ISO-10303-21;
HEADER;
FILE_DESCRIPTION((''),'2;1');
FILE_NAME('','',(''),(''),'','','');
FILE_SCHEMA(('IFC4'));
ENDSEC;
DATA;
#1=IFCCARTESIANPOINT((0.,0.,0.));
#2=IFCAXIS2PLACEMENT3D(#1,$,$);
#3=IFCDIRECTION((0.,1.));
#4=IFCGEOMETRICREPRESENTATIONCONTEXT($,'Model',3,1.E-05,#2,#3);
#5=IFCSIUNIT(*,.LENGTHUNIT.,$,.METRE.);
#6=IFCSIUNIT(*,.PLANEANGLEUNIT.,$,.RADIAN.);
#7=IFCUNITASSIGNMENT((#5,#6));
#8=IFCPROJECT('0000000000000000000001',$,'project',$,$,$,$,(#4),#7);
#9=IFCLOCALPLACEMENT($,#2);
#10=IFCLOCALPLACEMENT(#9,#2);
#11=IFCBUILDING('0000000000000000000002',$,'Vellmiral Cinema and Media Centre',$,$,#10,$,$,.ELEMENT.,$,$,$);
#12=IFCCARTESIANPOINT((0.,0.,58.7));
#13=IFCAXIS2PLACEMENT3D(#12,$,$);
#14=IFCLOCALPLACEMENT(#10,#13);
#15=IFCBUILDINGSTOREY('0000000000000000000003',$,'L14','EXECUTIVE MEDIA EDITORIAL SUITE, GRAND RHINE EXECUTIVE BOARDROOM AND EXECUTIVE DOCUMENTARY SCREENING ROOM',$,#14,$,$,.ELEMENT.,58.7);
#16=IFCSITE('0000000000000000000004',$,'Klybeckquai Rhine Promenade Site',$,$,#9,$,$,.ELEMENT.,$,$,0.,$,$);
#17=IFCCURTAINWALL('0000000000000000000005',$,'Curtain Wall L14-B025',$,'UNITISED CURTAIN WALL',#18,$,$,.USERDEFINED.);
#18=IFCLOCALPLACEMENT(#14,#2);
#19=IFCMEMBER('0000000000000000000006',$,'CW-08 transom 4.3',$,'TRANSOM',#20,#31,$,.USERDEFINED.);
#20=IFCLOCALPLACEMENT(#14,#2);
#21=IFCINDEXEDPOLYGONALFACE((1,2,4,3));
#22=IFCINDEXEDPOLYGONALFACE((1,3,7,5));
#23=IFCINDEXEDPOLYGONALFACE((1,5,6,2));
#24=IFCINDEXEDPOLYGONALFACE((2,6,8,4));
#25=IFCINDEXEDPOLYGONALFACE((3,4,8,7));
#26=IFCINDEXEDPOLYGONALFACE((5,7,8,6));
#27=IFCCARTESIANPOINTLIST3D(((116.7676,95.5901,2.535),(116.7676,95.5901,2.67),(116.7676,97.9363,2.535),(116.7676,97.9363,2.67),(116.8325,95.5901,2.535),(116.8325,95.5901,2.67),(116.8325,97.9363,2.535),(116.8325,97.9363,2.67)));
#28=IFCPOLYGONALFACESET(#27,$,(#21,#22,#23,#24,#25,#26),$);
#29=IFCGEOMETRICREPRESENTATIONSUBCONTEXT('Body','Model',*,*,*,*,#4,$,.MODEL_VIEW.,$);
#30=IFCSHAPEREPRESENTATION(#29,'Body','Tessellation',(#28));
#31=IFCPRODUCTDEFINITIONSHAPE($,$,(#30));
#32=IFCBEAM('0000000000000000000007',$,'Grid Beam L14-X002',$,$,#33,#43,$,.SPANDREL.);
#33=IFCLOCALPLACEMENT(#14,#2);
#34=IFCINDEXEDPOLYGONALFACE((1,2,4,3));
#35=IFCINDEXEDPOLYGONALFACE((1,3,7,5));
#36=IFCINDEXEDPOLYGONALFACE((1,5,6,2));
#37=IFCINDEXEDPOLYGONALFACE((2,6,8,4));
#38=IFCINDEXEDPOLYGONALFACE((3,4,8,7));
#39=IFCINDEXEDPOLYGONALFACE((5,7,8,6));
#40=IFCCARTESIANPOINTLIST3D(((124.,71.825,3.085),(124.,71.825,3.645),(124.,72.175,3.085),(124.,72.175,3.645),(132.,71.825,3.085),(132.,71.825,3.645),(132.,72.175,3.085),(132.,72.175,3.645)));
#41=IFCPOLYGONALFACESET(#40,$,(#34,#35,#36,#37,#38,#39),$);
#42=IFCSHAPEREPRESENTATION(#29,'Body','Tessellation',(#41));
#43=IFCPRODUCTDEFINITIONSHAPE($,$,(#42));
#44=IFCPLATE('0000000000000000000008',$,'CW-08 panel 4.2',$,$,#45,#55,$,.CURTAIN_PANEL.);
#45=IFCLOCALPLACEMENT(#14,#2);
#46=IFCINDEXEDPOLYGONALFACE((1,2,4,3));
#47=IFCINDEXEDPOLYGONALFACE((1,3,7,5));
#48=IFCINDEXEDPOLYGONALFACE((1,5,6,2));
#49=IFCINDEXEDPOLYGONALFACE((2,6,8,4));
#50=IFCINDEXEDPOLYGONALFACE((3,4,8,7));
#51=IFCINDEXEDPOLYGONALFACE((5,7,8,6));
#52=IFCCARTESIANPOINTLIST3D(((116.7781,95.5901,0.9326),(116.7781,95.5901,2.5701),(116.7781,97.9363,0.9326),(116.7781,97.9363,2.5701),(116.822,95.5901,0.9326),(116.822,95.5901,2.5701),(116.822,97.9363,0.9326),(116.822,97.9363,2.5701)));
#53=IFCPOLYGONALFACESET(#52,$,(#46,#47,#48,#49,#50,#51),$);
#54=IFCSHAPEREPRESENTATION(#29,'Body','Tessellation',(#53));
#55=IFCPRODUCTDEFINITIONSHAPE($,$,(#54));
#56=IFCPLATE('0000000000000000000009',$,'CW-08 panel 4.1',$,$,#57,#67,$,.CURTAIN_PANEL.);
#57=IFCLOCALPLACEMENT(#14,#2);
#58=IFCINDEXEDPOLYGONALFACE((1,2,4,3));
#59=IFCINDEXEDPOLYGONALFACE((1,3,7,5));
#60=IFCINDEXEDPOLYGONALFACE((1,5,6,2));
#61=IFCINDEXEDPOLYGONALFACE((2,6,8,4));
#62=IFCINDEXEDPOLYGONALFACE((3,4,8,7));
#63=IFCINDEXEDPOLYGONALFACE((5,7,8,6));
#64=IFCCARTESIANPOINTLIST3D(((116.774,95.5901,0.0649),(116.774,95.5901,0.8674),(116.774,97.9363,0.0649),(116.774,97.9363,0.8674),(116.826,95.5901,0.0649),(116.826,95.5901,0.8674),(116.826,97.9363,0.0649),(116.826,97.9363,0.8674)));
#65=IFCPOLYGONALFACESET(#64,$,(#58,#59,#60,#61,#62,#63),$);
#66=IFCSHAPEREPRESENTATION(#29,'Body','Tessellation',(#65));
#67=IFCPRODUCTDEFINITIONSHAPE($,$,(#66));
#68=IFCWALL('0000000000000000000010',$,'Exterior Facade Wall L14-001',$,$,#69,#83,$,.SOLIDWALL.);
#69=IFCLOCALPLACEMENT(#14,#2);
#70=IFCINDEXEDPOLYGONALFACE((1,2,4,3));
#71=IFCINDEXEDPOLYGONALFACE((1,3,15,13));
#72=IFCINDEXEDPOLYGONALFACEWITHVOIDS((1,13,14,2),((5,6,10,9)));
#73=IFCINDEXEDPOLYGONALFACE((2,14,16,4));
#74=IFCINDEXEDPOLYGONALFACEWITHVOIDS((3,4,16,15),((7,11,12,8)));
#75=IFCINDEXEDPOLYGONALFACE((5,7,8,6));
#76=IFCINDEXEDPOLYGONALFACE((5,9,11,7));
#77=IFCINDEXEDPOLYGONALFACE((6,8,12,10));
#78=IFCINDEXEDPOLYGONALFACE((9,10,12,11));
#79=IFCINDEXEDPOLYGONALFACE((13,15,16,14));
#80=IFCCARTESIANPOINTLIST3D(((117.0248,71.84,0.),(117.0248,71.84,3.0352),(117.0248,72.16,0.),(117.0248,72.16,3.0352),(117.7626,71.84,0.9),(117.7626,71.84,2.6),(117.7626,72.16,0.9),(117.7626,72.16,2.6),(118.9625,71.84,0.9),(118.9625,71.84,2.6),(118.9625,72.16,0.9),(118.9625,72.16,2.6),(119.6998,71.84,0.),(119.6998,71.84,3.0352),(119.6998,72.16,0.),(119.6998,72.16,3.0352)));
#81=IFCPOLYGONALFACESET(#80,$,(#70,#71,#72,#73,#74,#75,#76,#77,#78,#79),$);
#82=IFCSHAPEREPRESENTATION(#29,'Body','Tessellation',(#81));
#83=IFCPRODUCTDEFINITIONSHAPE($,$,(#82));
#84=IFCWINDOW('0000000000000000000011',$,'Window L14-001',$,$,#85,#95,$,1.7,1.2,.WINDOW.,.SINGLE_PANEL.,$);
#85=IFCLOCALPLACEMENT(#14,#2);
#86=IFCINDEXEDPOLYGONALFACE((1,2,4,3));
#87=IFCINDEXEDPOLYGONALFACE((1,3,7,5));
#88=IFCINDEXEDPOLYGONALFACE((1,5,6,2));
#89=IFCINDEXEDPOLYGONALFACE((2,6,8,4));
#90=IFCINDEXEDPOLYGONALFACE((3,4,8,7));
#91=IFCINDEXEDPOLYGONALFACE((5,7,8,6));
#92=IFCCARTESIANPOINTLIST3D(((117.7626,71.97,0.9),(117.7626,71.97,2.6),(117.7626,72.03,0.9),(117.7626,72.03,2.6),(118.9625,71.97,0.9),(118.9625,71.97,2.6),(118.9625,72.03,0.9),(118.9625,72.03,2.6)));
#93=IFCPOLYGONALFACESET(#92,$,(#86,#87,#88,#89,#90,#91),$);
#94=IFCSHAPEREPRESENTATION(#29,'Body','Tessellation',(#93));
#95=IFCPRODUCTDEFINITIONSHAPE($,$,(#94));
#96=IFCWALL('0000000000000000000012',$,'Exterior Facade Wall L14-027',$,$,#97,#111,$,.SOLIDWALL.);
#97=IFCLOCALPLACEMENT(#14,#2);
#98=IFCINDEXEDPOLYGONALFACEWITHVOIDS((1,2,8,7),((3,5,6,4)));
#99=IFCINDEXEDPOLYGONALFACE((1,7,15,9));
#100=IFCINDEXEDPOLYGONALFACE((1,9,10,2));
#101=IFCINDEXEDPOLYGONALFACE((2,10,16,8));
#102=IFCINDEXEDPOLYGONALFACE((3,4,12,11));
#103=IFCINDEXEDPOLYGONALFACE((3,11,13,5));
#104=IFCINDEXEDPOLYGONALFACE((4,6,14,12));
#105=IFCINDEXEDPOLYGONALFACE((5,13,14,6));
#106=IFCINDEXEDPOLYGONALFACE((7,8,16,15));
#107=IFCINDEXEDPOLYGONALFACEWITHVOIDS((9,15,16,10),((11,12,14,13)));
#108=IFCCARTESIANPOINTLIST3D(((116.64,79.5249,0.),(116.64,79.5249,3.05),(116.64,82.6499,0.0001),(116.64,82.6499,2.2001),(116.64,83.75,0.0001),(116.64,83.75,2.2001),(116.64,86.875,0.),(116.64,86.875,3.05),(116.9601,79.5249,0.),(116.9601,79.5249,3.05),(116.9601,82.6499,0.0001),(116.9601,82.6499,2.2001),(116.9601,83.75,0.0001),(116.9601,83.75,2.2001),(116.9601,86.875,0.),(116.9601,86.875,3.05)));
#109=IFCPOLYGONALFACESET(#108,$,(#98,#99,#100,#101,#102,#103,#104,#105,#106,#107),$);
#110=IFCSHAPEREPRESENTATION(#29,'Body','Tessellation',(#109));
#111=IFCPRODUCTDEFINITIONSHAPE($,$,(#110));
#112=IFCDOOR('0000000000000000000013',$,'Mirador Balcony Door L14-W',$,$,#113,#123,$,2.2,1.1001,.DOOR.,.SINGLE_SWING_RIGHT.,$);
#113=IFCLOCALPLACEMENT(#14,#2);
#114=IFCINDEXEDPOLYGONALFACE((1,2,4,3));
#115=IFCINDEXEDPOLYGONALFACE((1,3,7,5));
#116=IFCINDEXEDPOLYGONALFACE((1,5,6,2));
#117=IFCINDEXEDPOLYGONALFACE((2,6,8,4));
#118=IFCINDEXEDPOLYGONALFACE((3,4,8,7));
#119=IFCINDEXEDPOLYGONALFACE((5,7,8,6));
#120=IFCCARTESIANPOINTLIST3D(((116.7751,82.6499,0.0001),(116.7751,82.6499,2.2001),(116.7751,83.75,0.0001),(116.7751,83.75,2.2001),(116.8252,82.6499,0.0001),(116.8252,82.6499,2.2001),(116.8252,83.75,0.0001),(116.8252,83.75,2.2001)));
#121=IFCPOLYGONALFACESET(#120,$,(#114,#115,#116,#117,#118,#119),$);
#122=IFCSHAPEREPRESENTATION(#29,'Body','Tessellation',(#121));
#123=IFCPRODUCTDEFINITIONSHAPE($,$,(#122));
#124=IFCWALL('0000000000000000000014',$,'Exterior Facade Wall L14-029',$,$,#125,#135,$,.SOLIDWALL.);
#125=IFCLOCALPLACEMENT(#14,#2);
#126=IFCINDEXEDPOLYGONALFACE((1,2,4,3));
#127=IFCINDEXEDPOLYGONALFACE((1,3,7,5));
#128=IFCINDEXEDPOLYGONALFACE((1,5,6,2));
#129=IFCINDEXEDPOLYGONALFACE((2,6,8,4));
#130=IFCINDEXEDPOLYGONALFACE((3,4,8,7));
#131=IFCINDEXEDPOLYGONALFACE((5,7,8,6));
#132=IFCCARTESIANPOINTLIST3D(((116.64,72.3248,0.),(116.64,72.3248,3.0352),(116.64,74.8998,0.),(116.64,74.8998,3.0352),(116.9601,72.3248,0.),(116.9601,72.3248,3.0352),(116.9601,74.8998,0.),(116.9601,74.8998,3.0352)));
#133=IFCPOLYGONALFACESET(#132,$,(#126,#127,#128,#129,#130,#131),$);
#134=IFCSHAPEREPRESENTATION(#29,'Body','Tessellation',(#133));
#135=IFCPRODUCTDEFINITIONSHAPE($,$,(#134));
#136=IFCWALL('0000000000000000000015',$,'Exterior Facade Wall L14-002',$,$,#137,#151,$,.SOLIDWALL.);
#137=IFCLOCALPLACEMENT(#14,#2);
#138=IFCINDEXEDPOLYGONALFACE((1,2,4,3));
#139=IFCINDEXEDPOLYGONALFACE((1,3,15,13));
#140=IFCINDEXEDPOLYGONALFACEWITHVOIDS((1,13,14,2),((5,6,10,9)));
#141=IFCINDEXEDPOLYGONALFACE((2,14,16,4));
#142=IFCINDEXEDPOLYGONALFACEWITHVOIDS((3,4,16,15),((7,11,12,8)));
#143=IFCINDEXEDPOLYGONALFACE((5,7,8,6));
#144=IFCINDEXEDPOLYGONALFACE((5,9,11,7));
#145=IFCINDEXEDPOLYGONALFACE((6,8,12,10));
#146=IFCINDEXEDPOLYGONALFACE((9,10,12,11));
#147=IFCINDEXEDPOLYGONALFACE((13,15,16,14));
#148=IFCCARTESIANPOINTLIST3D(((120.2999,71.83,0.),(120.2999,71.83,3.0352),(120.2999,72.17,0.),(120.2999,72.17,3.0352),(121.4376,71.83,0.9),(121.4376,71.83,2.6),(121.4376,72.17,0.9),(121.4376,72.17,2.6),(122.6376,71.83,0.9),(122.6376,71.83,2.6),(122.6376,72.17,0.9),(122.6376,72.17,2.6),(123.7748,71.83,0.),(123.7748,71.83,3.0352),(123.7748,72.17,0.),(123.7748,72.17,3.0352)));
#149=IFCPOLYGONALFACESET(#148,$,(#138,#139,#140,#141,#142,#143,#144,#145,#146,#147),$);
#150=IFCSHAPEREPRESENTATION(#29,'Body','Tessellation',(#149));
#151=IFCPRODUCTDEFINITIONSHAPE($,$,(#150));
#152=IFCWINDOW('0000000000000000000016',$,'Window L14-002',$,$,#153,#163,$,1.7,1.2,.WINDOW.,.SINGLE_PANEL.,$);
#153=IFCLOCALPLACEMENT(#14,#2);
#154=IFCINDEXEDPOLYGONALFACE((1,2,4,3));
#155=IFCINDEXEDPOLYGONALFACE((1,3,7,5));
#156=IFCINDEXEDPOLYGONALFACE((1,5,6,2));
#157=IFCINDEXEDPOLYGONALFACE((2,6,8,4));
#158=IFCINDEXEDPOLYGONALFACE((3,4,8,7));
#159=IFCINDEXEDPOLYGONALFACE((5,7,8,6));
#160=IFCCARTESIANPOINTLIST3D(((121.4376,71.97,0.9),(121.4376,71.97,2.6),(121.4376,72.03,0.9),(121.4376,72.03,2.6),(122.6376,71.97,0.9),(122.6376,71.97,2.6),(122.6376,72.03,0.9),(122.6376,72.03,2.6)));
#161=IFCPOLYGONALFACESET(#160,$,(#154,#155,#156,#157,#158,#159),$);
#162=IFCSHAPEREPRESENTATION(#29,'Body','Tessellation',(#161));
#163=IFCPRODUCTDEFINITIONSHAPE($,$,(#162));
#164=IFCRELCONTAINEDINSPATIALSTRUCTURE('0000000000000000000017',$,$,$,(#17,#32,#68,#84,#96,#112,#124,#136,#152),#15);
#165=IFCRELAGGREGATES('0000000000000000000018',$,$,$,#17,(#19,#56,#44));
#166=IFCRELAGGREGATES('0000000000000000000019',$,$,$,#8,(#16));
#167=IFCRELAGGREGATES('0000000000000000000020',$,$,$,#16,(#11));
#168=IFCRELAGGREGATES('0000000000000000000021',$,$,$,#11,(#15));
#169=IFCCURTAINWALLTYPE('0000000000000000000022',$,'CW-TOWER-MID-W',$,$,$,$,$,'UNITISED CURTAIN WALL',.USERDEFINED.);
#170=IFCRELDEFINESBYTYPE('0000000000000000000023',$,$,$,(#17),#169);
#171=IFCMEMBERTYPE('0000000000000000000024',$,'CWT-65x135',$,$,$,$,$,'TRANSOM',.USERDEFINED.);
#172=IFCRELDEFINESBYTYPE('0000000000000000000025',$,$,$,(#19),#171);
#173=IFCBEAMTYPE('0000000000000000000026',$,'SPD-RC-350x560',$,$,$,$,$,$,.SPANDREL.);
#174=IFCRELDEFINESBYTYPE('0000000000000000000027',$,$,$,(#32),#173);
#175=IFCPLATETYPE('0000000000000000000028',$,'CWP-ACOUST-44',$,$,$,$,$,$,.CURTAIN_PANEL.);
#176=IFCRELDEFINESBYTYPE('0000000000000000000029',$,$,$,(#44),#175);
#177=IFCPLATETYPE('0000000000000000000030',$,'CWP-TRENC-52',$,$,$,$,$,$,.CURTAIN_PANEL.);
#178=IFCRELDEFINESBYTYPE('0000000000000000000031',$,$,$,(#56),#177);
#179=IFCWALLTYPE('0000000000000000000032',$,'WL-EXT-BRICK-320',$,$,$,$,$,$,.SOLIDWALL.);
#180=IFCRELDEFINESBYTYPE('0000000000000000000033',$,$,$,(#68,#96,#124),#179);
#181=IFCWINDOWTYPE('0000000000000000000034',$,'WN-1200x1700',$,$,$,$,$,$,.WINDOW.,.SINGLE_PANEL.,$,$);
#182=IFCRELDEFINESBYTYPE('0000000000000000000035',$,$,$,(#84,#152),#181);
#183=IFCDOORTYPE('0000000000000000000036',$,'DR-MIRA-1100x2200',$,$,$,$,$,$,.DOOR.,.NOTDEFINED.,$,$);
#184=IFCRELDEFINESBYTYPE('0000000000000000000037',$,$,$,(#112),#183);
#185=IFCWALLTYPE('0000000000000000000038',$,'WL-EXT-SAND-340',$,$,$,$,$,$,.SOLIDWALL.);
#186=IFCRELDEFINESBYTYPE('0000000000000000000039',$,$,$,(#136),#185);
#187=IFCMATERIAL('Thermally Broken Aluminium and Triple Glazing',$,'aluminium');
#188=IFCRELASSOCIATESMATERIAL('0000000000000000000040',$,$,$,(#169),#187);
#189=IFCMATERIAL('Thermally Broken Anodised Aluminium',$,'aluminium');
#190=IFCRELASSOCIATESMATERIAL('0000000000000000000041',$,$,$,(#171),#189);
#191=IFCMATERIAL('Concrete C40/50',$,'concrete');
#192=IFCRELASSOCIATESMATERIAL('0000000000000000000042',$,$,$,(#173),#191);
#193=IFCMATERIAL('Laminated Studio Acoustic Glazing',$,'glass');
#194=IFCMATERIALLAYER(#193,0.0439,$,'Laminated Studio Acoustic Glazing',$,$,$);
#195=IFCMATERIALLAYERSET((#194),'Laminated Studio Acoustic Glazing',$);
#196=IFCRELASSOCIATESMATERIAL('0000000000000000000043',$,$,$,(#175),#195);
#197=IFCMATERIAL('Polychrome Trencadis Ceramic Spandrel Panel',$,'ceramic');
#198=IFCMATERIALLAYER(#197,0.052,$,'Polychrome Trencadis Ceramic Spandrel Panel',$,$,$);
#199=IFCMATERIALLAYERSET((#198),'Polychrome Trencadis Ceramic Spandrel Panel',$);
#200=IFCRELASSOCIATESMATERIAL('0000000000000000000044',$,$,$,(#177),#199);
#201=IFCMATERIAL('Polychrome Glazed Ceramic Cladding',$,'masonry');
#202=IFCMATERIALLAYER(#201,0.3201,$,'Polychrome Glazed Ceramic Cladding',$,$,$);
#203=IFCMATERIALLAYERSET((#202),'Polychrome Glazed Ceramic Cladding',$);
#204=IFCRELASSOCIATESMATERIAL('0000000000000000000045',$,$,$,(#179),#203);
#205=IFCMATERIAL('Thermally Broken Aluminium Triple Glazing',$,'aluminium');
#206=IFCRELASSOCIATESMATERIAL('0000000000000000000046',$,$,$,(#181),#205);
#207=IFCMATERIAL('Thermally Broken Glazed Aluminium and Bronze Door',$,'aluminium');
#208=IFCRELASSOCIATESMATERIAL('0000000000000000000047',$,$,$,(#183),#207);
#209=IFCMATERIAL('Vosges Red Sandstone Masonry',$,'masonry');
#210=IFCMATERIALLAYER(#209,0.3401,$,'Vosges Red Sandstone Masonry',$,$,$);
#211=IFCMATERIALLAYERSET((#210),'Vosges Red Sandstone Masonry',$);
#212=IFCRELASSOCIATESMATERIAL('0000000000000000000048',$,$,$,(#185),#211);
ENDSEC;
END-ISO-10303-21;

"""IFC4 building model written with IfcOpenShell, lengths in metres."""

from ifc_helpers import new_model, si_unit, direction, frame, frame_2d, origin, origin_2d, place, context, subcontext, project, spatial, rectangle, extrude, material, layer, layer_set, material_profile, profile_set, type_object, element, fill, aggregate, save


model = new_model("IFC4")

# Units and contexts
model_context = context("Model", 3, precision=1e-05, world=origin(), true_north=direction((0.0, 1.0)))
body_context = subcontext(model_context, "Body", "Model", "MODEL_VIEW")
ifc_project = project(units=[si_unit("LENGTHUNIT", "METRE"), si_unit("PLANEANGLEUNIT", "RADIAN")], contexts=[model_context])

# Site, building, storey
site_placement = place(None, origin())
site = spatial("IfcSite", under=ifc_project, at=site_placement, Name="Klybeckquai Rhine Promenade Site", CompositionType="ELEMENT", RefElevation=0.0)
building_placement = place(site_placement, origin())
building = spatial("IfcBuilding", under=site, at=building_placement, Name="Vellmiral Cinema and Media Centre", CompositionType="ELEMENT")
storey_placement = place(building_placement, frame((0.0, 0.0, 58.7)))
storey = spatial("IfcBuildingStorey", under=building, at=storey_placement, Name="L14", Description="EXECUTIVE MEDIA EDITORIAL SUITE, GRAND RHINE EXECUTIVE BOARDROOM AND EXECUTIVE DOCUMENTARY SCREENING ROOM", CompositionType="ELEMENT", Elevation=58.7)

# Curtain wall, member
ifc_material_1 = material(Name="Thermally Broken Aluminium and Triple Glazing", Category="aluminium")
curtain_wall_type = type_object("IfcCurtainWallType", Name="CW-TOWER-MID-W", ElementType="UNITISED CURTAIN WALL", PredefinedType="USERDEFINED", material=ifc_material_1)
curtain_wall_placement = place(storey_placement, origin())
curtain_wall = element("IfcCurtainWall", 1, at=curtain_wall_placement, inside=storey, type_object=curtain_wall_type, Name="Curtain Wall L14-B025", ObjectType="UNITISED CURTAIN WALL", PredefinedType="USERDEFINED")
ifc_material_2 = material(Name="Thermally Broken Anodised Aluminium", Category="aluminium")
ifc_material_profile_1 = material_profile(ifc_material_2, rectangle(XDim=0.0649, YDim=0.135, at=origin_2d()), Name="MULL 65x135")
ifc_profile_set_1 = profile_set([ifc_material_profile_1], Name="Thermally Broken Anodised Aluminium")
member_type_1 = type_object("IfcMemberType", Name="CWT-65x135", ElementType="TRANSOM", PredefinedType="USERDEFINED", material=ifc_profile_set_1)
member_1_placement = place(storey_placement, frame((116.8, 97.9363, 2.6025), z_axis=(0.0, -1.0, 0.0), x_axis=(1.0, 0.0, 0.0)))
member_1 = element("IfcMember", 2, at=member_1_placement, type_object=member_type_1, Name="CW-08 transom 4.3", ObjectType="TRANSOM", PredefinedType="USERDEFINED", context=body_context, shape_type="SweptSolid", body=[
    extrude(rectangle(XDim=0.0649, YDim=0.135, at=origin_2d()), origin(), (0.0, 0.0, 1.0), 2.3462),
])

# Beam
ifc_material_3 = material(Name="Concrete C40/50", Category="concrete")
ifc_material_profile_2 = material_profile(ifc_material_3, rectangle(XDim=0.3501, YDim=0.5601, at=origin_2d()), Name="RC 350x560")
ifc_profile_set_2 = profile_set([ifc_material_profile_2], Name="Concrete C40/50")
beam_type_1 = type_object("IfcBeamType", Name="SPD-RC-350x560", PredefinedType="SPANDREL", material=ifc_profile_set_2)
beam_1_placement = place(storey_placement, frame((124.0, 72.0, 3.365), z_axis=(1.0, 0.0, 0.0), x_axis=(0.0, 1.0, 0.0)))
element("IfcBeam", 3, at=beam_1_placement, inside=storey, type_object=beam_type_1, Name="Grid Beam L14-X002", PredefinedType="SPANDREL", context=body_context, shape_type="SweptSolid", body=[
    extrude(rectangle(XDim=0.3501, YDim=0.5601, at=origin_2d()), origin(), (0.0, 0.0, 1.0), 8.0),
])

# Plates
ifc_material_4 = material(Name="Laminated Studio Acoustic Glazing", Category="glass")
ifc_layer_1 = layer(ifc_material_4, 0.0439, Name="Laminated Studio Acoustic Glazing")
ifc_layer_set_1 = layer_set([ifc_layer_1], Name="Laminated Studio Acoustic Glazing")
plate_type_1 = type_object("IfcPlateType", Name="CWP-ACOUST-44", PredefinedType="CURTAIN_PANEL", material=ifc_layer_set_1)
plate_1_placement = place(storey_placement, frame((116.8, 96.7632, 0.9326), z_axis=(0.0, 0.0, 1.0), x_axis=(0.0, -1.0, 0.0)))
plate_1 = element("IfcPlate", 4, at=plate_1_placement, type_object=plate_type_1, Name="CW-08 panel 4.2", PredefinedType="CURTAIN_PANEL", context=body_context, shape_type="SweptSolid", body=[
    extrude(rectangle(XDim=2.3462, YDim=0.0439, at=origin_2d()), origin(), (0.0, 0.0, 1.0), 1.6375),
])
ifc_material_5 = material(Name="Polychrome Trencadis Ceramic Spandrel Panel", Category="ceramic")
ifc_layer_2 = layer(ifc_material_5, 0.052, Name="Polychrome Trencadis Ceramic Spandrel Panel")
ifc_layer_set_2 = layer_set([ifc_layer_2], Name="Polychrome Trencadis Ceramic Spandrel Panel")
plate_type_2 = type_object("IfcPlateType", Name="CWP-TRENC-52", PredefinedType="CURTAIN_PANEL", material=ifc_layer_set_2)
plate_2_placement = place(storey_placement, frame((116.8, 96.7632, 0.0649), z_axis=(0.0, 0.0, 1.0), x_axis=(0.0, -1.0, 0.0)))
plate_2 = element("IfcPlate", 5, at=plate_2_placement, type_object=plate_type_2, Name="CW-08 panel 4.1", PredefinedType="CURTAIN_PANEL", context=body_context, shape_type="SweptSolid", body=[
    extrude(rectangle(XDim=2.3462, YDim=0.052, at=origin_2d()), origin(), (0.0, 0.0, 1.0), 0.8025),
])
aggregate(curtain_wall, [member_1, plate_2, plate_1])

# Wall, opening, window
ifc_material_6 = material(Name="Polychrome Glazed Ceramic Cladding", Category="masonry")
ifc_layer_3 = layer(ifc_material_6, 0.3201, Name="Polychrome Glazed Ceramic Cladding")
ifc_layer_set_3 = layer_set([ifc_layer_3], Name="Polychrome Glazed Ceramic Cladding")
wall_type_1 = type_object("IfcWallType", Name="WL-EXT-BRICK-320", PredefinedType="SOLIDWALL", material=ifc_layer_set_3)
wall_1_placement = place(storey_placement, frame((117.0249, 72.0, 0.0), z_axis=(0.0, 0.0, 1.0), x_axis=(1.0, 0.0, 0.0)))
wall_1 = element("IfcWall", 6, at=wall_1_placement, inside=storey, type_object=wall_type_1, Name="Exterior Facade Wall L14-001", PredefinedType="SOLIDWALL", context=body_context, shape_type="SweptSolid", body=[
    extrude(rectangle(XDim=2.675, YDim=0.3201, at=frame_2d((1.3374, 0.0))), origin(), (0.0, 0.0, 1.0), 3.0352),
])
opening_1_placement = place(wall_1_placement, frame((0.7375, 0.0, 0.8999)))
opening_1 = element("IfcOpeningElement", 7, at=opening_1_placement, cuts=wall_1, PredefinedType="OPENING", context=body_context, shape_type="SweptSolid", body=[
    extrude(rectangle(XDim=1.2, YDim=1.7, at=frame_2d((0.6001, 0.8501))), frame((0.0, 0.1719, 0.0), z_axis=(0.0, -1.0, 0.0), x_axis=(1.0, 0.0, 0.0)), (0.0, 0.0, 1.0), 0.344),
])
ifc_material_7 = material(Name="Thermally Broken Aluminium Triple Glazing", Category="aluminium")
window_type_1 = type_object("IfcWindowType", Name="WN-1200x1700", PartitioningType="SINGLE_PANEL", PredefinedType="WINDOW", material=ifc_material_7)
window_1_placement = place(opening_1_placement, origin())
window_1 = element("IfcWindow", 8, at=window_1_placement, inside=storey, type_object=window_type_1, Name="Window L14-001", OverallHeight=1.7, OverallWidth=1.2, PartitioningType="SINGLE_PANEL", PredefinedType="WINDOW", context=body_context, shape_type="SweptSolid", body=[
    extrude(rectangle(XDim=1.2, YDim=1.7, at=frame_2d((0.6001, 0.8501))), frame((0.0, 0.03, 0.0), z_axis=(0.0, -1.0, 0.0), x_axis=(1.0, 0.0, 0.0)), (0.0, 0.0, 1.0), 0.0601),
])
fill(opening_1, window_1)

# Wall, opening, door
wall_2_placement = place(storey_placement, frame((116.8, 86.875, 0.0), z_axis=(0.0, 0.0, 1.0), x_axis=(0.0, -1.0, 0.0)))
wall_2 = element("IfcWall", 9, at=wall_2_placement, inside=storey, type_object=wall_type_1, Name="Exterior Facade Wall L14-027", PredefinedType="SOLIDWALL", context=body_context, shape_type="SweptSolid", body=[
    extrude(rectangle(XDim=7.3501, YDim=0.3201, at=frame_2d((3.675, 0.0))), origin(), (0.0, 0.0, 1.0), 3.05),
])
opening_2_placement = place(wall_2_placement, frame((3.125, 0.0, 0.0)))
opening_2 = element("IfcOpeningElement", 10, at=opening_2_placement, cuts=wall_2, PredefinedType="OPENING", context=body_context, shape_type="SweptSolid", body=[
    extrude(rectangle(XDim=1.1001, YDim=2.2, at=frame_2d((0.55, 1.1001))), frame((0.0, 0.1719, 0.0), z_axis=(0.0, -1.0, 0.0), x_axis=(1.0, 0.0, 0.0)), (0.0, 0.0, 1.0), 0.344),
])
ifc_material_8 = material(Name="Thermally Broken Glazed Aluminium and Bronze Door", Category="aluminium")
door_type_1 = type_object("IfcDoorType", Name="DR-MIRA-1100x2200", OperationType="NOTDEFINED", PredefinedType="DOOR", material=ifc_material_8)
door_1_placement = place(opening_2_placement, frame((1.1001, 0.0, 0.0), z_axis=(0.0, 0.0, 1.0), x_axis=(-1.0, 0.0, 0.0)))
door_1 = element("IfcDoor", 11, at=door_1_placement, inside=storey, type_object=door_type_1, Name="Mirador Balcony Door L14-W", OperationType="SINGLE_SWING_RIGHT", OverallHeight=2.2, OverallWidth=1.1001, PredefinedType="DOOR", context=body_context, shape_type="SweptSolid", body=[
    extrude(rectangle(XDim=1.1001, YDim=2.2, at=frame_2d((0.55, 1.1001))), frame((0.0, 0.0249, 0.0), z_axis=(0.0, -1.0, 0.0), x_axis=(1.0, 0.0, 0.0)), (0.0, 0.0, 1.0), 0.05),
])
fill(opening_2, door_1)

# Wall
wall_3_placement = place(storey_placement, frame((116.8, 74.8999, 0.0), z_axis=(0.0, 0.0, 1.0), x_axis=(0.0, -1.0, 0.0)))
element("IfcWall", 12, at=wall_3_placement, inside=storey, type_object=wall_type_1, Name="Exterior Facade Wall L14-029", PredefinedType="SOLIDWALL", context=body_context, shape_type="SweptSolid", body=[
    extrude(rectangle(XDim=2.575, YDim=0.3201, at=frame_2d((1.2876, 0.0))), origin(), (0.0, 0.0, 1.0), 3.0352),
])

# Wall, opening, window
ifc_material_9 = material(Name="Vosges Red Sandstone Masonry", Category="masonry")
ifc_layer_4 = layer(ifc_material_9, 0.3401, Name="Vosges Red Sandstone Masonry")
ifc_layer_set_4 = layer_set([ifc_layer_4], Name="Vosges Red Sandstone Masonry")
wall_type_2 = type_object("IfcWallType", Name="WL-EXT-SAND-340", PredefinedType="SOLIDWALL", material=ifc_layer_set_4)
wall_4_placement = place(storey_placement, frame((120.3, 72.0, 0.0), z_axis=(0.0, 0.0, 1.0), x_axis=(1.0, 0.0, 0.0)))
wall_4 = element("IfcWall", 13, at=wall_4_placement, inside=storey, type_object=wall_type_2, Name="Exterior Facade Wall L14-002", PredefinedType="SOLIDWALL", context=body_context, shape_type="SweptSolid", body=[
    extrude(rectangle(XDim=3.4749, YDim=0.3401, at=frame_2d((1.7373, 0.0))), origin(), (0.0, 0.0, 1.0), 3.0352),
])
opening_3_placement = place(wall_4_placement, frame((1.1375, 0.0, 0.8999)))
opening_3 = element("IfcOpeningElement", 14, at=opening_3_placement, cuts=wall_4, PredefinedType="OPENING", context=body_context, shape_type="SweptSolid", body=[
    extrude(rectangle(XDim=1.2, YDim=1.7, at=frame_2d((0.6001, 0.8501))), frame((0.0, 0.1821, 0.0), z_axis=(0.0, -1.0, 0.0), x_axis=(1.0, 0.0, 0.0)), (0.0, 0.0, 1.0), 0.364),
])
window_2_placement = place(opening_3_placement, origin())
window_2 = element("IfcWindow", 15, at=window_2_placement, inside=storey, type_object=window_type_1, Name="Window L14-002", OverallHeight=1.7, OverallWidth=1.2, PartitioningType="SINGLE_PANEL", PredefinedType="WINDOW", context=body_context, shape_type="SweptSolid", body=[
    extrude(rectangle(XDim=1.2, YDim=1.7, at=frame_2d((0.6001, 0.8501))), frame((0.0, 0.03, 0.0), z_axis=(0.0, -1.0, 0.0), x_axis=(1.0, 0.0, 0.0)), (0.0, 0.0, 1.0), 0.0601),
])
fill(opening_3, window_2)

save(model, "model.ifc")
